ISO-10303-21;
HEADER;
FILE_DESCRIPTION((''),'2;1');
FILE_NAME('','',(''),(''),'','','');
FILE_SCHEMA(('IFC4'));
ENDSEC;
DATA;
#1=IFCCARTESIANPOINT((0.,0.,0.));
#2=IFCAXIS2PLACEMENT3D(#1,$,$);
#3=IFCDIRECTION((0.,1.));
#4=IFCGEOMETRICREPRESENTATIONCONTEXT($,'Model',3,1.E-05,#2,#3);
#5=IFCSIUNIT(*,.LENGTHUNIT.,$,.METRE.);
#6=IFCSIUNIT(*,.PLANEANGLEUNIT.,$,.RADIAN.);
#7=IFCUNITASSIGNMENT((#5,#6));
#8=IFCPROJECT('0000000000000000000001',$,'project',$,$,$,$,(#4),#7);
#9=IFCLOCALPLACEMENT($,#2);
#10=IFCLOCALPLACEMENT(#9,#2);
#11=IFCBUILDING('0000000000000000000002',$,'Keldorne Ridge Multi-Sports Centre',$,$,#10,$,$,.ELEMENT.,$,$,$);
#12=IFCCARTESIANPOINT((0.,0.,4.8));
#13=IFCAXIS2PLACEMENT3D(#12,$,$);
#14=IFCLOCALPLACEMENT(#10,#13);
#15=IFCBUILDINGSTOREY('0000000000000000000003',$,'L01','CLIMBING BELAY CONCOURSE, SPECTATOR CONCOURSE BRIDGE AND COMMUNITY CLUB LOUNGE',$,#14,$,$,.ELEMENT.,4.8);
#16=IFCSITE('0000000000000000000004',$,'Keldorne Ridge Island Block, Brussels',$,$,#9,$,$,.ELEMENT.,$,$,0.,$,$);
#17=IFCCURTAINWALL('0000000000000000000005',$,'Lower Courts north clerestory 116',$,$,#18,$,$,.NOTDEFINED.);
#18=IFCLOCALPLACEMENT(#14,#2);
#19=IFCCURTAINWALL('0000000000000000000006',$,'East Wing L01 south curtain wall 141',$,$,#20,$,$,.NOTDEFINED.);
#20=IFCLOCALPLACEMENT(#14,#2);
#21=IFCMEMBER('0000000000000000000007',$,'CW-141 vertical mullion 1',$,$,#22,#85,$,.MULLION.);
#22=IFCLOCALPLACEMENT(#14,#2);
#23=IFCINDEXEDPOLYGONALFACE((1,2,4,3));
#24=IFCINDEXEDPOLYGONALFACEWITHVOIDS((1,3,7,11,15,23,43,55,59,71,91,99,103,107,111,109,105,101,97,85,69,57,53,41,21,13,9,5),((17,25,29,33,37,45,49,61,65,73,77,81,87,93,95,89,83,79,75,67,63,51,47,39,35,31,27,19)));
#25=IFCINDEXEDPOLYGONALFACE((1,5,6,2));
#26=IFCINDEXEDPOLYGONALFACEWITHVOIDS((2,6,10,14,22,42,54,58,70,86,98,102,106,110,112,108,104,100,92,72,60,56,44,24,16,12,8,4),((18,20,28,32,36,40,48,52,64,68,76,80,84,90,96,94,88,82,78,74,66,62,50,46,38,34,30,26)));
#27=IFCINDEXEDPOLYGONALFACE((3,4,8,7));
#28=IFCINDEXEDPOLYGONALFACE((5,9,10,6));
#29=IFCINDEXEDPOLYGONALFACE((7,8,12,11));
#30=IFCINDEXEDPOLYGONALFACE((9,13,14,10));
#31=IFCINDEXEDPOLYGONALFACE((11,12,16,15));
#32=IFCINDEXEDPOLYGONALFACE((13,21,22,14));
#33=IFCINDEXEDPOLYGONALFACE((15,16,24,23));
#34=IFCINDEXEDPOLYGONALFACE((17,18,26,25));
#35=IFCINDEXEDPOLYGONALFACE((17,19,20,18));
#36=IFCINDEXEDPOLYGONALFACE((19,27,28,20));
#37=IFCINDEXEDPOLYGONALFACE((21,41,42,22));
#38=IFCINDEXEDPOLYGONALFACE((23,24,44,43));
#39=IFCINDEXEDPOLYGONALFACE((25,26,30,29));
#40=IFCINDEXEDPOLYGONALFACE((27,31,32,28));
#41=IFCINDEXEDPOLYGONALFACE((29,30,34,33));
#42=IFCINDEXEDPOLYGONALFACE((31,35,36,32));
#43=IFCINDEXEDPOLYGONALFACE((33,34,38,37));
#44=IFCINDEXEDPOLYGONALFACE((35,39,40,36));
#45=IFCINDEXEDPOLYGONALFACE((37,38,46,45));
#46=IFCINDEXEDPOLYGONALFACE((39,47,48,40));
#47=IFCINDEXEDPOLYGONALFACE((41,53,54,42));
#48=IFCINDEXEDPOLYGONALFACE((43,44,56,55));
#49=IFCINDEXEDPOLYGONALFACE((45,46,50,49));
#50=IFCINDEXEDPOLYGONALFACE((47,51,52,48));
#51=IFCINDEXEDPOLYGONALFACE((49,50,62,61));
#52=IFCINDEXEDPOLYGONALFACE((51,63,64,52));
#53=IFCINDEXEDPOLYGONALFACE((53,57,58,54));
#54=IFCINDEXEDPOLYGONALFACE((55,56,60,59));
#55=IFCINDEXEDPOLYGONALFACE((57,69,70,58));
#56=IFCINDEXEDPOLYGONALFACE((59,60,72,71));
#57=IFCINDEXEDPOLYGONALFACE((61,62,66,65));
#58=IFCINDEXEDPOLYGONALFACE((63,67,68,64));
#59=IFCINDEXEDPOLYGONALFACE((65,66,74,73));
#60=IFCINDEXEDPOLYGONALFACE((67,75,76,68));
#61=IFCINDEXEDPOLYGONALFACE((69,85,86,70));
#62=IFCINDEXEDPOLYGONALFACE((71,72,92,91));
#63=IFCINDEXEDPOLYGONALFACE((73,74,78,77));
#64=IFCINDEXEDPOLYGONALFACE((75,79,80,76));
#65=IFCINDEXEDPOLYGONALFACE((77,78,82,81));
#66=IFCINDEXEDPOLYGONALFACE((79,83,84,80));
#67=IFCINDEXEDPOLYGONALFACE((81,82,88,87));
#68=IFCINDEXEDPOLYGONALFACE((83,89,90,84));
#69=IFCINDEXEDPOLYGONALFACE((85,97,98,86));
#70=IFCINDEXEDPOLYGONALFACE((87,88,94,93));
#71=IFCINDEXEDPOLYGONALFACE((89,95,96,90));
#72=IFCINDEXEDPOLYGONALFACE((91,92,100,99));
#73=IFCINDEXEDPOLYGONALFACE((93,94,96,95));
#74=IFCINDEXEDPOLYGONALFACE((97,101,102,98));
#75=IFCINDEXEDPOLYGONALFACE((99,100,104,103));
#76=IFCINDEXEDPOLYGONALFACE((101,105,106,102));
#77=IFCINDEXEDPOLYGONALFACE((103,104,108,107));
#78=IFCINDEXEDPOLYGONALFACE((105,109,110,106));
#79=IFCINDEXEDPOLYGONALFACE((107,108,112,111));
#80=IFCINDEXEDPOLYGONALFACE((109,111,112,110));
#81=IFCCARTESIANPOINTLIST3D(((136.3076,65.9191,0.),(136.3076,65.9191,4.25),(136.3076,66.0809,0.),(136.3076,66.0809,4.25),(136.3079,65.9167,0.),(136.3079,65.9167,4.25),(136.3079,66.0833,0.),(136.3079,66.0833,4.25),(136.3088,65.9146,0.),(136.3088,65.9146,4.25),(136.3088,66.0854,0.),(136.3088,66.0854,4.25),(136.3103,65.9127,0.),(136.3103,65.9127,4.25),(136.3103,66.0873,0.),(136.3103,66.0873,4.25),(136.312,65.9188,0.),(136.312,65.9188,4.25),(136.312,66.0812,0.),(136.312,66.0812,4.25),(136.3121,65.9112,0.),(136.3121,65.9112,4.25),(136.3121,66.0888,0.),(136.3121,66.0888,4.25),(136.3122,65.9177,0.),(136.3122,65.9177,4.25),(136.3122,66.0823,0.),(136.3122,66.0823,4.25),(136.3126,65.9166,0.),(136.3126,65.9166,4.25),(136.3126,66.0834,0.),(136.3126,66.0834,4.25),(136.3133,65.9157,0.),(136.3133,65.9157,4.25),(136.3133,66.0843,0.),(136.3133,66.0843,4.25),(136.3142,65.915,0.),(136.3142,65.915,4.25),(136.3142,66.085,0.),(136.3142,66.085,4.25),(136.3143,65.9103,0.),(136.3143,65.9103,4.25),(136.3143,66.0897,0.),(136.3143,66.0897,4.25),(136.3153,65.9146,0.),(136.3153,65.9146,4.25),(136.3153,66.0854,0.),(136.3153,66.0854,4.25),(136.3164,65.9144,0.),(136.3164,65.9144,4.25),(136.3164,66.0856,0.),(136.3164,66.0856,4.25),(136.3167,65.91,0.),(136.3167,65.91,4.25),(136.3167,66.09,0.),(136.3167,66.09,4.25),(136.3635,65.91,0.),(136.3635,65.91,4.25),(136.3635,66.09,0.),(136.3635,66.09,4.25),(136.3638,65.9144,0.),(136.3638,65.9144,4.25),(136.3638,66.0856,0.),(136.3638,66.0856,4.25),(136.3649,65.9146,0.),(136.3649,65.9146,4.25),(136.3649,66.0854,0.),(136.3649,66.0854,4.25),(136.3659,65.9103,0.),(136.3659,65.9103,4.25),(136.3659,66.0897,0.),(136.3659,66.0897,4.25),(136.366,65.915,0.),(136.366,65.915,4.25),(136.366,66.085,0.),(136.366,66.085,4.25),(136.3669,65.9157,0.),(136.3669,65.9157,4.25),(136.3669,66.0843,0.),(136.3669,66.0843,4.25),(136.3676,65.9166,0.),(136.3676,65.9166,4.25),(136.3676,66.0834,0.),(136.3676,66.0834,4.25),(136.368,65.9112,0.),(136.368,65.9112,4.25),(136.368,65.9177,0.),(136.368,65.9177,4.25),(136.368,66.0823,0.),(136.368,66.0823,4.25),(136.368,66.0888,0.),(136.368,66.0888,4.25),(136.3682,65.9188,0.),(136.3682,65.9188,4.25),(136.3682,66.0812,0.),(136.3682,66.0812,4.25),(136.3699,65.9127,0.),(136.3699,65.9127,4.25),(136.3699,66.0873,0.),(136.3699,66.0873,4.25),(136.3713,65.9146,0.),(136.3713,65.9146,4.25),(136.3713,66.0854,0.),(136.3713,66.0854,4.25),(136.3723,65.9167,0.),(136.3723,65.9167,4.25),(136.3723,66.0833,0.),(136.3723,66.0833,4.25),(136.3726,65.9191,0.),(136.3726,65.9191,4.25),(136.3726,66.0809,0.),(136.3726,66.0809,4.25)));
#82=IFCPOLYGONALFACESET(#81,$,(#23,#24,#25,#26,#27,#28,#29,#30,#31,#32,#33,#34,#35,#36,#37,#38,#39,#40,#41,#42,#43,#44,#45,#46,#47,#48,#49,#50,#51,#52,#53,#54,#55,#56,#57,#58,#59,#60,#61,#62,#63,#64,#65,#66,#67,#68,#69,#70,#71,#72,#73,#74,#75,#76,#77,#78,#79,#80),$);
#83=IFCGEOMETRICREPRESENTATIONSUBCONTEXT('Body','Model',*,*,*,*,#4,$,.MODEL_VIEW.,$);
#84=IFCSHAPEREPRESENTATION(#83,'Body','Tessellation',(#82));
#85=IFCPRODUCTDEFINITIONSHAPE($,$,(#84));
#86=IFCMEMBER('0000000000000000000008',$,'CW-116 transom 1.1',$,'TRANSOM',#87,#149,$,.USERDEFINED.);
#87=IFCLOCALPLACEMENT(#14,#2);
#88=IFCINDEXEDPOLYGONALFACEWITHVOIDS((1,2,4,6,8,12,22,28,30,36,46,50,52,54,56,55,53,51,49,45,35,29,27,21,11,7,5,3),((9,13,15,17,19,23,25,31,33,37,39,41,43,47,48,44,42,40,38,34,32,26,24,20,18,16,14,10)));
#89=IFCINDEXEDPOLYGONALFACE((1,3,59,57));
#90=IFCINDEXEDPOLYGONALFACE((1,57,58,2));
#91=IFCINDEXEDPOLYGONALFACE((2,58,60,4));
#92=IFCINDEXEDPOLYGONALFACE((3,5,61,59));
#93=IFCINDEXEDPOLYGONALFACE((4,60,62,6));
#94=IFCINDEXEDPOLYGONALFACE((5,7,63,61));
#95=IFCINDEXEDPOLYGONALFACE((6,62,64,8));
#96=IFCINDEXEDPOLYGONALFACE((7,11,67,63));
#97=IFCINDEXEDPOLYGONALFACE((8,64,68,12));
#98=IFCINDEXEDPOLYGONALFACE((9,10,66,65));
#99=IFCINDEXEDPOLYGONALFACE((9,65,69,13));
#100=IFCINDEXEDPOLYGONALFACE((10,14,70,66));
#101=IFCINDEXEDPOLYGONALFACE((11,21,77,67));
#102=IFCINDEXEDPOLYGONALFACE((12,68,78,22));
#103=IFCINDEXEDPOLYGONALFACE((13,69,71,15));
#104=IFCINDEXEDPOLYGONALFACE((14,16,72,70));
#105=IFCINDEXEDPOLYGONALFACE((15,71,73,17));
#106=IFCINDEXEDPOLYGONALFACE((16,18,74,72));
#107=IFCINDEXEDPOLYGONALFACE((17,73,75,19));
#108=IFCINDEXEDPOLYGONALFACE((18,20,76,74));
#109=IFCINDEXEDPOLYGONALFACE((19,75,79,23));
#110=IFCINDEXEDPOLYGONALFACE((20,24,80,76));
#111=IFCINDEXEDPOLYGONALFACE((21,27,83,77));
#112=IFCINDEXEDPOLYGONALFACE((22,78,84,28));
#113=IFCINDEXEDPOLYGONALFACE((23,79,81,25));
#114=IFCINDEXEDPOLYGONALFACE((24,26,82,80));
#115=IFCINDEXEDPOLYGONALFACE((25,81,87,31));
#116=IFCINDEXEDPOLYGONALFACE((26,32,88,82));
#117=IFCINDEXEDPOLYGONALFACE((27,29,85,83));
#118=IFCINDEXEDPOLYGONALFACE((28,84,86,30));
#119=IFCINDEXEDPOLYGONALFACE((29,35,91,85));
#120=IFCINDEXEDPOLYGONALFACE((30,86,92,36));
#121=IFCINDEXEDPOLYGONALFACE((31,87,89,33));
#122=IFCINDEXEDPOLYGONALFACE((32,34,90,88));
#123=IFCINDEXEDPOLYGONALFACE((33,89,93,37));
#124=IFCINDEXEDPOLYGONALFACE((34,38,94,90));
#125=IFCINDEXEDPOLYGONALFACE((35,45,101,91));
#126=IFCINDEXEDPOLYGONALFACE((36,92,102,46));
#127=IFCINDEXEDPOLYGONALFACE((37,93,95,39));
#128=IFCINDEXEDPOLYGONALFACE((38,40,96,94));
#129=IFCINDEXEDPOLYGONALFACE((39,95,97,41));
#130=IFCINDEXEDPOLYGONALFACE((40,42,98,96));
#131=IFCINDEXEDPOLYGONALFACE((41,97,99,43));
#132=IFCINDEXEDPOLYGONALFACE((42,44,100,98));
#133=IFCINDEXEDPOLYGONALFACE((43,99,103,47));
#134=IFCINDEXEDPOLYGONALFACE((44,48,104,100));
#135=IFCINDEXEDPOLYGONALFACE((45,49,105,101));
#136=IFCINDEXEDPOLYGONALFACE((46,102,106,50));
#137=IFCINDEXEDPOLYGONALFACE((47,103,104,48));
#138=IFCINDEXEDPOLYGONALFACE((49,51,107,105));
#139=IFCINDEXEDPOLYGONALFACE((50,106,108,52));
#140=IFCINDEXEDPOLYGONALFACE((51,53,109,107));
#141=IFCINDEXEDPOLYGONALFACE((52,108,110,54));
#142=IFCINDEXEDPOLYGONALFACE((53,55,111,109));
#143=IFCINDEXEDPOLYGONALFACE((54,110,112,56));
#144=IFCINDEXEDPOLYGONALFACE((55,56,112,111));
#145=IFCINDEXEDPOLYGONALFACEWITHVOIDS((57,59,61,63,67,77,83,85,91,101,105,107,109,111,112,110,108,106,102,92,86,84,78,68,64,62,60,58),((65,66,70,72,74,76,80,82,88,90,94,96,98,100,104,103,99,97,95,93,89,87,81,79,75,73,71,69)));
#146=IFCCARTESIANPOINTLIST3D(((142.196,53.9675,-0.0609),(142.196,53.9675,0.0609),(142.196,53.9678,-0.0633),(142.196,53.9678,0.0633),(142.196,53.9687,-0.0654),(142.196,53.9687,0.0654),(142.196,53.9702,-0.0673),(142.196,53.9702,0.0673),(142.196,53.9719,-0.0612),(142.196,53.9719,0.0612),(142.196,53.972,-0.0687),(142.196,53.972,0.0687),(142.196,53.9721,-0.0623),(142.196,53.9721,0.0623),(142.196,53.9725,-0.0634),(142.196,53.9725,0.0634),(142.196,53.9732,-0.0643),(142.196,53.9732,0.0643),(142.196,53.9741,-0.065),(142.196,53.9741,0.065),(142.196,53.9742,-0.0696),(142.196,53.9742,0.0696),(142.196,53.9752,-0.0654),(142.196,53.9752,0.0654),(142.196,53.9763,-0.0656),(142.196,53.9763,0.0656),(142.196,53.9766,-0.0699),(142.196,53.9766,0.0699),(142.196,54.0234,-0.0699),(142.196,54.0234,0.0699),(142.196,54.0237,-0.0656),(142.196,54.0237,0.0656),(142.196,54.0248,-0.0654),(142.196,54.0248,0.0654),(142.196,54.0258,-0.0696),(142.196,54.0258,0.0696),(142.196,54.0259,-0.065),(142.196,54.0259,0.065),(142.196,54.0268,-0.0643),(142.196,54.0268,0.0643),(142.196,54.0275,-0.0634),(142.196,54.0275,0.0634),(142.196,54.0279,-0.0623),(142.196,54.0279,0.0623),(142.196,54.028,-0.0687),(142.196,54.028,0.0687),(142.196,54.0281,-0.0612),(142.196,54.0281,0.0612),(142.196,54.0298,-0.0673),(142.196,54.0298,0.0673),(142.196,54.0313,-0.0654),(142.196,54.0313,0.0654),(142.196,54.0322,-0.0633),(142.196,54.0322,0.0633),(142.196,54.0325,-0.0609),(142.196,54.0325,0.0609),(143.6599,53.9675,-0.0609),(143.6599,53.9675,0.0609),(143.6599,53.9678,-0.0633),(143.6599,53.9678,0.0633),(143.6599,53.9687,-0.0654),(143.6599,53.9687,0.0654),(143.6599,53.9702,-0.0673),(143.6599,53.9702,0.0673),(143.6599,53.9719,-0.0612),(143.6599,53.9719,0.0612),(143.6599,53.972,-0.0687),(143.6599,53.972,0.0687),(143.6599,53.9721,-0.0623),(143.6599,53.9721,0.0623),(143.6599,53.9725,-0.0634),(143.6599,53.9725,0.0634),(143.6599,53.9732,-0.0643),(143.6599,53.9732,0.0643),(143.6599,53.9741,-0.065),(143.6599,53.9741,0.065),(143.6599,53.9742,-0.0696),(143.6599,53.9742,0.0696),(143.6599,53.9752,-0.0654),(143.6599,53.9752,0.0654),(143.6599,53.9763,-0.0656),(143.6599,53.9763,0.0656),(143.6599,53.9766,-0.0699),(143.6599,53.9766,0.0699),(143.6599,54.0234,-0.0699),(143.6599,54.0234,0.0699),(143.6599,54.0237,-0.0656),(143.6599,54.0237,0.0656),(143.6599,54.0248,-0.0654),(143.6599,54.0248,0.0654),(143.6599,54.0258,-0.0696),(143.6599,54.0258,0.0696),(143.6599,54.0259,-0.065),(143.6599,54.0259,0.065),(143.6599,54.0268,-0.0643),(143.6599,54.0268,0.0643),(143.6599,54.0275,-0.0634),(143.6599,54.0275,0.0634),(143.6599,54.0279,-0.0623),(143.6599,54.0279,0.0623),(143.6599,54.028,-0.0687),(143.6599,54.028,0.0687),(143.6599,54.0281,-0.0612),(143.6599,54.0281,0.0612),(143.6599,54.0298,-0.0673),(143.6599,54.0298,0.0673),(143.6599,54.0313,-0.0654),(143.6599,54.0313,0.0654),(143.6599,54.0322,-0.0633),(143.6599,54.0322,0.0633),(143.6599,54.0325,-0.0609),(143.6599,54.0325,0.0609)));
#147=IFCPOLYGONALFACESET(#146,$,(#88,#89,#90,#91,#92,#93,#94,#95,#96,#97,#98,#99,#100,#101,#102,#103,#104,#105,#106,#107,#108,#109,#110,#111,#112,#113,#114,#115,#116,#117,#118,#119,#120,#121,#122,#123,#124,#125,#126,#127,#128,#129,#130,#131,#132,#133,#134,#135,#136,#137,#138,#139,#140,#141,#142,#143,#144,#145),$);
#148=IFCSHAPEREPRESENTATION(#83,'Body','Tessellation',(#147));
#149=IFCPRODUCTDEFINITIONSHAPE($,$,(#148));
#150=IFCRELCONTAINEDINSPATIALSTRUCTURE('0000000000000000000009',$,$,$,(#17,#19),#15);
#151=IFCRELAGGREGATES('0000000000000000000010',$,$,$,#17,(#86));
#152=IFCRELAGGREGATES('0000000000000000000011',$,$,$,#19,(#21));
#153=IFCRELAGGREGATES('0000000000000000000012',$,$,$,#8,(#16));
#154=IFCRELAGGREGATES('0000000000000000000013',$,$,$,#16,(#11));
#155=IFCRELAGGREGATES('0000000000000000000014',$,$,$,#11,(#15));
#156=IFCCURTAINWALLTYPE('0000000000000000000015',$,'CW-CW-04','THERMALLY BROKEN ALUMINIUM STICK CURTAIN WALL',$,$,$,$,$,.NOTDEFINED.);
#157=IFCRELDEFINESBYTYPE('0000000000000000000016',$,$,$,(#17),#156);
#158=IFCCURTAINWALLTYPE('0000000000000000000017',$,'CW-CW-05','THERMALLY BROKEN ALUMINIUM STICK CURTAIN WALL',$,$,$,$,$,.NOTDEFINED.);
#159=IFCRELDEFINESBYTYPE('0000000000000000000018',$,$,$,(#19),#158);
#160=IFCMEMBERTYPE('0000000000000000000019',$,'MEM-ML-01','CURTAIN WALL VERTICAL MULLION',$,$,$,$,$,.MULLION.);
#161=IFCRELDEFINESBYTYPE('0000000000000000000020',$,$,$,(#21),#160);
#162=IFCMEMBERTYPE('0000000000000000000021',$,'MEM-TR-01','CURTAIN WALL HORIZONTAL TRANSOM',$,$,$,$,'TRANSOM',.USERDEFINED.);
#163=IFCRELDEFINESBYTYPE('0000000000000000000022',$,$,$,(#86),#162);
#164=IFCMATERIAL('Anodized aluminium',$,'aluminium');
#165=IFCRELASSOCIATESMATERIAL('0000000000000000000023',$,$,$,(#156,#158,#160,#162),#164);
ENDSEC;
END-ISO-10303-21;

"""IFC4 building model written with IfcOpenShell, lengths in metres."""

from ifc_helpers import new_model, si_unit, direction, frame, origin, origin_2d, place, context, subcontext, project, spatial, hollow_rectangle, extrude, material, material_profile, profile_set, type_object, element, aggregate, save


model = new_model("IFC4")

# Units and contexts
model_context = context("Model", 3, precision=1e-05, world=origin(), true_north=direction((0.0, 1.0)))
body_context = subcontext(model_context, "Body", "Model", "MODEL_VIEW")
ifc_project = project(units=[si_unit("LENGTHUNIT", "METRE"), si_unit("PLANEANGLEUNIT", "RADIAN")], contexts=[model_context])

# Site, building, storey
site_placement = place(None, origin())
site = spatial("IfcSite", under=ifc_project, at=site_placement, Name="Keldorne Ridge Island Block, Brussels", CompositionType="ELEMENT", RefElevation=0.0)
building_placement = place(site_placement, origin())
building = spatial("IfcBuilding", under=site, at=building_placement, Name="Keldorne Ridge Multi-Sports Centre", CompositionType="ELEMENT")
storey_placement = place(building_placement, frame((0.0, 0.0, 4.8)))
storey = spatial("IfcBuildingStorey", under=building, at=storey_placement, Name="L01", Description="CLIMBING BELAY CONCOURSE, SPECTATOR CONCOURSE BRIDGE AND COMMUNITY CLUB LOUNGE", CompositionType="ELEMENT", Elevation=4.8)

# Curtain walls, member
ifc_material_1 = material(Name="Anodized aluminium", Category="aluminium")
curtain_wall_type_1 = type_object("IfcCurtainWallType", Name="CW-CW-04", Description="THERMALLY BROKEN ALUMINIUM STICK CURTAIN WALL", PredefinedType="NOTDEFINED", material=ifc_material_1)
curtain_wall_1_placement = place(storey_placement, origin())
curtain_wall_1 = element("IfcCurtainWall", 1, at=curtain_wall_1_placement, inside=storey, type_object=curtain_wall_type_1, Name="Lower Courts north clerestory 116", PredefinedType="NOTDEFINED")
ifc_material_profile_1 = material_profile(ifc_material_1, hollow_rectangle(XDim=0.0649, YDim=0.1799, WallThickness=0.0044, InnerFilletRadius=0.0044, OuterFilletRadius=0.009, at=origin_2d()), Name="ALU MULLION 180x65x4.5")
ifc_profile_set_1 = profile_set([ifc_material_profile_1], Name="Anodized aluminium")
member_type_1 = type_object("IfcMemberType", Name="MEM-ML-01", Description="CURTAIN WALL VERTICAL MULLION", PredefinedType="MULLION", material=ifc_profile_set_1)
curtain_wall_type_2 = type_object("IfcCurtainWallType", Name="CW-CW-05", Description="THERMALLY BROKEN ALUMINIUM STICK CURTAIN WALL", PredefinedType="NOTDEFINED", material=ifc_material_1)
curtain_wall_2_placement = place(storey_placement, origin())
curtain_wall_2 = element("IfcCurtainWall", 2, at=curtain_wall_2_placement, inside=storey, type_object=curtain_wall_type_2, Name="East Wing L01 south curtain wall 141", PredefinedType="NOTDEFINED")
member_1_placement = place(storey_placement, frame((136.3401, 66.0, 0.0), z_axis=(0.0, 0.0, 1.0), x_axis=(1.0, 0.0, 0.0)))
member_1 = element("IfcMember", 3, at=member_1_placement, type_object=member_type_1, Name="CW-141 vertical mullion 1", PredefinedType="MULLION", context=body_context, shape_type="SweptSolid", body=[
    extrude(hollow_rectangle(XDim=0.0649, YDim=0.1799, WallThickness=0.0044, InnerFilletRadius=0.0044, OuterFilletRadius=0.009, at=origin_2d()), origin(), (0.0, 0.0, 1.0), 4.25),
])

# Member
ifc_material_profile_2 = material_profile(ifc_material_1, hollow_rectangle(XDim=0.0649, YDim=0.1399, WallThickness=0.0044, InnerFilletRadius=0.0044, OuterFilletRadius=0.009, at=origin_2d()), Name="ALU TRANSOM 140x65x4.5")
ifc_profile_set_2 = profile_set([ifc_material_profile_2], Name="Anodized aluminium")
member_type_2 = type_object("IfcMemberType", Name="MEM-TR-01", Description="CURTAIN WALL HORIZONTAL TRANSOM", ElementType="TRANSOM", PredefinedType="USERDEFINED", material=ifc_profile_set_2)
member_2_placement = place(storey_placement, frame((143.6599, 54.0, 0.0), z_axis=(-1.0, 0.0, 0.0), x_axis=(0.0, -1.0, 0.0)))
member_2 = element("IfcMember", 4, at=member_2_placement, type_object=member_type_2, Name="CW-116 transom 1.1", ObjectType="TRANSOM", PredefinedType="USERDEFINED", context=body_context, shape_type="SweptSolid", body=[
    extrude(hollow_rectangle(XDim=0.0649, YDim=0.1399, WallThickness=0.0044, InnerFilletRadius=0.0044, OuterFilletRadius=0.009, at=origin_2d()), origin(), (0.0, 0.0, 1.0), 1.4639),
])

aggregate(curtain_wall_1, [member_2])
aggregate(curtain_wall_2, [member_1])

save(model, "model.ifc")
